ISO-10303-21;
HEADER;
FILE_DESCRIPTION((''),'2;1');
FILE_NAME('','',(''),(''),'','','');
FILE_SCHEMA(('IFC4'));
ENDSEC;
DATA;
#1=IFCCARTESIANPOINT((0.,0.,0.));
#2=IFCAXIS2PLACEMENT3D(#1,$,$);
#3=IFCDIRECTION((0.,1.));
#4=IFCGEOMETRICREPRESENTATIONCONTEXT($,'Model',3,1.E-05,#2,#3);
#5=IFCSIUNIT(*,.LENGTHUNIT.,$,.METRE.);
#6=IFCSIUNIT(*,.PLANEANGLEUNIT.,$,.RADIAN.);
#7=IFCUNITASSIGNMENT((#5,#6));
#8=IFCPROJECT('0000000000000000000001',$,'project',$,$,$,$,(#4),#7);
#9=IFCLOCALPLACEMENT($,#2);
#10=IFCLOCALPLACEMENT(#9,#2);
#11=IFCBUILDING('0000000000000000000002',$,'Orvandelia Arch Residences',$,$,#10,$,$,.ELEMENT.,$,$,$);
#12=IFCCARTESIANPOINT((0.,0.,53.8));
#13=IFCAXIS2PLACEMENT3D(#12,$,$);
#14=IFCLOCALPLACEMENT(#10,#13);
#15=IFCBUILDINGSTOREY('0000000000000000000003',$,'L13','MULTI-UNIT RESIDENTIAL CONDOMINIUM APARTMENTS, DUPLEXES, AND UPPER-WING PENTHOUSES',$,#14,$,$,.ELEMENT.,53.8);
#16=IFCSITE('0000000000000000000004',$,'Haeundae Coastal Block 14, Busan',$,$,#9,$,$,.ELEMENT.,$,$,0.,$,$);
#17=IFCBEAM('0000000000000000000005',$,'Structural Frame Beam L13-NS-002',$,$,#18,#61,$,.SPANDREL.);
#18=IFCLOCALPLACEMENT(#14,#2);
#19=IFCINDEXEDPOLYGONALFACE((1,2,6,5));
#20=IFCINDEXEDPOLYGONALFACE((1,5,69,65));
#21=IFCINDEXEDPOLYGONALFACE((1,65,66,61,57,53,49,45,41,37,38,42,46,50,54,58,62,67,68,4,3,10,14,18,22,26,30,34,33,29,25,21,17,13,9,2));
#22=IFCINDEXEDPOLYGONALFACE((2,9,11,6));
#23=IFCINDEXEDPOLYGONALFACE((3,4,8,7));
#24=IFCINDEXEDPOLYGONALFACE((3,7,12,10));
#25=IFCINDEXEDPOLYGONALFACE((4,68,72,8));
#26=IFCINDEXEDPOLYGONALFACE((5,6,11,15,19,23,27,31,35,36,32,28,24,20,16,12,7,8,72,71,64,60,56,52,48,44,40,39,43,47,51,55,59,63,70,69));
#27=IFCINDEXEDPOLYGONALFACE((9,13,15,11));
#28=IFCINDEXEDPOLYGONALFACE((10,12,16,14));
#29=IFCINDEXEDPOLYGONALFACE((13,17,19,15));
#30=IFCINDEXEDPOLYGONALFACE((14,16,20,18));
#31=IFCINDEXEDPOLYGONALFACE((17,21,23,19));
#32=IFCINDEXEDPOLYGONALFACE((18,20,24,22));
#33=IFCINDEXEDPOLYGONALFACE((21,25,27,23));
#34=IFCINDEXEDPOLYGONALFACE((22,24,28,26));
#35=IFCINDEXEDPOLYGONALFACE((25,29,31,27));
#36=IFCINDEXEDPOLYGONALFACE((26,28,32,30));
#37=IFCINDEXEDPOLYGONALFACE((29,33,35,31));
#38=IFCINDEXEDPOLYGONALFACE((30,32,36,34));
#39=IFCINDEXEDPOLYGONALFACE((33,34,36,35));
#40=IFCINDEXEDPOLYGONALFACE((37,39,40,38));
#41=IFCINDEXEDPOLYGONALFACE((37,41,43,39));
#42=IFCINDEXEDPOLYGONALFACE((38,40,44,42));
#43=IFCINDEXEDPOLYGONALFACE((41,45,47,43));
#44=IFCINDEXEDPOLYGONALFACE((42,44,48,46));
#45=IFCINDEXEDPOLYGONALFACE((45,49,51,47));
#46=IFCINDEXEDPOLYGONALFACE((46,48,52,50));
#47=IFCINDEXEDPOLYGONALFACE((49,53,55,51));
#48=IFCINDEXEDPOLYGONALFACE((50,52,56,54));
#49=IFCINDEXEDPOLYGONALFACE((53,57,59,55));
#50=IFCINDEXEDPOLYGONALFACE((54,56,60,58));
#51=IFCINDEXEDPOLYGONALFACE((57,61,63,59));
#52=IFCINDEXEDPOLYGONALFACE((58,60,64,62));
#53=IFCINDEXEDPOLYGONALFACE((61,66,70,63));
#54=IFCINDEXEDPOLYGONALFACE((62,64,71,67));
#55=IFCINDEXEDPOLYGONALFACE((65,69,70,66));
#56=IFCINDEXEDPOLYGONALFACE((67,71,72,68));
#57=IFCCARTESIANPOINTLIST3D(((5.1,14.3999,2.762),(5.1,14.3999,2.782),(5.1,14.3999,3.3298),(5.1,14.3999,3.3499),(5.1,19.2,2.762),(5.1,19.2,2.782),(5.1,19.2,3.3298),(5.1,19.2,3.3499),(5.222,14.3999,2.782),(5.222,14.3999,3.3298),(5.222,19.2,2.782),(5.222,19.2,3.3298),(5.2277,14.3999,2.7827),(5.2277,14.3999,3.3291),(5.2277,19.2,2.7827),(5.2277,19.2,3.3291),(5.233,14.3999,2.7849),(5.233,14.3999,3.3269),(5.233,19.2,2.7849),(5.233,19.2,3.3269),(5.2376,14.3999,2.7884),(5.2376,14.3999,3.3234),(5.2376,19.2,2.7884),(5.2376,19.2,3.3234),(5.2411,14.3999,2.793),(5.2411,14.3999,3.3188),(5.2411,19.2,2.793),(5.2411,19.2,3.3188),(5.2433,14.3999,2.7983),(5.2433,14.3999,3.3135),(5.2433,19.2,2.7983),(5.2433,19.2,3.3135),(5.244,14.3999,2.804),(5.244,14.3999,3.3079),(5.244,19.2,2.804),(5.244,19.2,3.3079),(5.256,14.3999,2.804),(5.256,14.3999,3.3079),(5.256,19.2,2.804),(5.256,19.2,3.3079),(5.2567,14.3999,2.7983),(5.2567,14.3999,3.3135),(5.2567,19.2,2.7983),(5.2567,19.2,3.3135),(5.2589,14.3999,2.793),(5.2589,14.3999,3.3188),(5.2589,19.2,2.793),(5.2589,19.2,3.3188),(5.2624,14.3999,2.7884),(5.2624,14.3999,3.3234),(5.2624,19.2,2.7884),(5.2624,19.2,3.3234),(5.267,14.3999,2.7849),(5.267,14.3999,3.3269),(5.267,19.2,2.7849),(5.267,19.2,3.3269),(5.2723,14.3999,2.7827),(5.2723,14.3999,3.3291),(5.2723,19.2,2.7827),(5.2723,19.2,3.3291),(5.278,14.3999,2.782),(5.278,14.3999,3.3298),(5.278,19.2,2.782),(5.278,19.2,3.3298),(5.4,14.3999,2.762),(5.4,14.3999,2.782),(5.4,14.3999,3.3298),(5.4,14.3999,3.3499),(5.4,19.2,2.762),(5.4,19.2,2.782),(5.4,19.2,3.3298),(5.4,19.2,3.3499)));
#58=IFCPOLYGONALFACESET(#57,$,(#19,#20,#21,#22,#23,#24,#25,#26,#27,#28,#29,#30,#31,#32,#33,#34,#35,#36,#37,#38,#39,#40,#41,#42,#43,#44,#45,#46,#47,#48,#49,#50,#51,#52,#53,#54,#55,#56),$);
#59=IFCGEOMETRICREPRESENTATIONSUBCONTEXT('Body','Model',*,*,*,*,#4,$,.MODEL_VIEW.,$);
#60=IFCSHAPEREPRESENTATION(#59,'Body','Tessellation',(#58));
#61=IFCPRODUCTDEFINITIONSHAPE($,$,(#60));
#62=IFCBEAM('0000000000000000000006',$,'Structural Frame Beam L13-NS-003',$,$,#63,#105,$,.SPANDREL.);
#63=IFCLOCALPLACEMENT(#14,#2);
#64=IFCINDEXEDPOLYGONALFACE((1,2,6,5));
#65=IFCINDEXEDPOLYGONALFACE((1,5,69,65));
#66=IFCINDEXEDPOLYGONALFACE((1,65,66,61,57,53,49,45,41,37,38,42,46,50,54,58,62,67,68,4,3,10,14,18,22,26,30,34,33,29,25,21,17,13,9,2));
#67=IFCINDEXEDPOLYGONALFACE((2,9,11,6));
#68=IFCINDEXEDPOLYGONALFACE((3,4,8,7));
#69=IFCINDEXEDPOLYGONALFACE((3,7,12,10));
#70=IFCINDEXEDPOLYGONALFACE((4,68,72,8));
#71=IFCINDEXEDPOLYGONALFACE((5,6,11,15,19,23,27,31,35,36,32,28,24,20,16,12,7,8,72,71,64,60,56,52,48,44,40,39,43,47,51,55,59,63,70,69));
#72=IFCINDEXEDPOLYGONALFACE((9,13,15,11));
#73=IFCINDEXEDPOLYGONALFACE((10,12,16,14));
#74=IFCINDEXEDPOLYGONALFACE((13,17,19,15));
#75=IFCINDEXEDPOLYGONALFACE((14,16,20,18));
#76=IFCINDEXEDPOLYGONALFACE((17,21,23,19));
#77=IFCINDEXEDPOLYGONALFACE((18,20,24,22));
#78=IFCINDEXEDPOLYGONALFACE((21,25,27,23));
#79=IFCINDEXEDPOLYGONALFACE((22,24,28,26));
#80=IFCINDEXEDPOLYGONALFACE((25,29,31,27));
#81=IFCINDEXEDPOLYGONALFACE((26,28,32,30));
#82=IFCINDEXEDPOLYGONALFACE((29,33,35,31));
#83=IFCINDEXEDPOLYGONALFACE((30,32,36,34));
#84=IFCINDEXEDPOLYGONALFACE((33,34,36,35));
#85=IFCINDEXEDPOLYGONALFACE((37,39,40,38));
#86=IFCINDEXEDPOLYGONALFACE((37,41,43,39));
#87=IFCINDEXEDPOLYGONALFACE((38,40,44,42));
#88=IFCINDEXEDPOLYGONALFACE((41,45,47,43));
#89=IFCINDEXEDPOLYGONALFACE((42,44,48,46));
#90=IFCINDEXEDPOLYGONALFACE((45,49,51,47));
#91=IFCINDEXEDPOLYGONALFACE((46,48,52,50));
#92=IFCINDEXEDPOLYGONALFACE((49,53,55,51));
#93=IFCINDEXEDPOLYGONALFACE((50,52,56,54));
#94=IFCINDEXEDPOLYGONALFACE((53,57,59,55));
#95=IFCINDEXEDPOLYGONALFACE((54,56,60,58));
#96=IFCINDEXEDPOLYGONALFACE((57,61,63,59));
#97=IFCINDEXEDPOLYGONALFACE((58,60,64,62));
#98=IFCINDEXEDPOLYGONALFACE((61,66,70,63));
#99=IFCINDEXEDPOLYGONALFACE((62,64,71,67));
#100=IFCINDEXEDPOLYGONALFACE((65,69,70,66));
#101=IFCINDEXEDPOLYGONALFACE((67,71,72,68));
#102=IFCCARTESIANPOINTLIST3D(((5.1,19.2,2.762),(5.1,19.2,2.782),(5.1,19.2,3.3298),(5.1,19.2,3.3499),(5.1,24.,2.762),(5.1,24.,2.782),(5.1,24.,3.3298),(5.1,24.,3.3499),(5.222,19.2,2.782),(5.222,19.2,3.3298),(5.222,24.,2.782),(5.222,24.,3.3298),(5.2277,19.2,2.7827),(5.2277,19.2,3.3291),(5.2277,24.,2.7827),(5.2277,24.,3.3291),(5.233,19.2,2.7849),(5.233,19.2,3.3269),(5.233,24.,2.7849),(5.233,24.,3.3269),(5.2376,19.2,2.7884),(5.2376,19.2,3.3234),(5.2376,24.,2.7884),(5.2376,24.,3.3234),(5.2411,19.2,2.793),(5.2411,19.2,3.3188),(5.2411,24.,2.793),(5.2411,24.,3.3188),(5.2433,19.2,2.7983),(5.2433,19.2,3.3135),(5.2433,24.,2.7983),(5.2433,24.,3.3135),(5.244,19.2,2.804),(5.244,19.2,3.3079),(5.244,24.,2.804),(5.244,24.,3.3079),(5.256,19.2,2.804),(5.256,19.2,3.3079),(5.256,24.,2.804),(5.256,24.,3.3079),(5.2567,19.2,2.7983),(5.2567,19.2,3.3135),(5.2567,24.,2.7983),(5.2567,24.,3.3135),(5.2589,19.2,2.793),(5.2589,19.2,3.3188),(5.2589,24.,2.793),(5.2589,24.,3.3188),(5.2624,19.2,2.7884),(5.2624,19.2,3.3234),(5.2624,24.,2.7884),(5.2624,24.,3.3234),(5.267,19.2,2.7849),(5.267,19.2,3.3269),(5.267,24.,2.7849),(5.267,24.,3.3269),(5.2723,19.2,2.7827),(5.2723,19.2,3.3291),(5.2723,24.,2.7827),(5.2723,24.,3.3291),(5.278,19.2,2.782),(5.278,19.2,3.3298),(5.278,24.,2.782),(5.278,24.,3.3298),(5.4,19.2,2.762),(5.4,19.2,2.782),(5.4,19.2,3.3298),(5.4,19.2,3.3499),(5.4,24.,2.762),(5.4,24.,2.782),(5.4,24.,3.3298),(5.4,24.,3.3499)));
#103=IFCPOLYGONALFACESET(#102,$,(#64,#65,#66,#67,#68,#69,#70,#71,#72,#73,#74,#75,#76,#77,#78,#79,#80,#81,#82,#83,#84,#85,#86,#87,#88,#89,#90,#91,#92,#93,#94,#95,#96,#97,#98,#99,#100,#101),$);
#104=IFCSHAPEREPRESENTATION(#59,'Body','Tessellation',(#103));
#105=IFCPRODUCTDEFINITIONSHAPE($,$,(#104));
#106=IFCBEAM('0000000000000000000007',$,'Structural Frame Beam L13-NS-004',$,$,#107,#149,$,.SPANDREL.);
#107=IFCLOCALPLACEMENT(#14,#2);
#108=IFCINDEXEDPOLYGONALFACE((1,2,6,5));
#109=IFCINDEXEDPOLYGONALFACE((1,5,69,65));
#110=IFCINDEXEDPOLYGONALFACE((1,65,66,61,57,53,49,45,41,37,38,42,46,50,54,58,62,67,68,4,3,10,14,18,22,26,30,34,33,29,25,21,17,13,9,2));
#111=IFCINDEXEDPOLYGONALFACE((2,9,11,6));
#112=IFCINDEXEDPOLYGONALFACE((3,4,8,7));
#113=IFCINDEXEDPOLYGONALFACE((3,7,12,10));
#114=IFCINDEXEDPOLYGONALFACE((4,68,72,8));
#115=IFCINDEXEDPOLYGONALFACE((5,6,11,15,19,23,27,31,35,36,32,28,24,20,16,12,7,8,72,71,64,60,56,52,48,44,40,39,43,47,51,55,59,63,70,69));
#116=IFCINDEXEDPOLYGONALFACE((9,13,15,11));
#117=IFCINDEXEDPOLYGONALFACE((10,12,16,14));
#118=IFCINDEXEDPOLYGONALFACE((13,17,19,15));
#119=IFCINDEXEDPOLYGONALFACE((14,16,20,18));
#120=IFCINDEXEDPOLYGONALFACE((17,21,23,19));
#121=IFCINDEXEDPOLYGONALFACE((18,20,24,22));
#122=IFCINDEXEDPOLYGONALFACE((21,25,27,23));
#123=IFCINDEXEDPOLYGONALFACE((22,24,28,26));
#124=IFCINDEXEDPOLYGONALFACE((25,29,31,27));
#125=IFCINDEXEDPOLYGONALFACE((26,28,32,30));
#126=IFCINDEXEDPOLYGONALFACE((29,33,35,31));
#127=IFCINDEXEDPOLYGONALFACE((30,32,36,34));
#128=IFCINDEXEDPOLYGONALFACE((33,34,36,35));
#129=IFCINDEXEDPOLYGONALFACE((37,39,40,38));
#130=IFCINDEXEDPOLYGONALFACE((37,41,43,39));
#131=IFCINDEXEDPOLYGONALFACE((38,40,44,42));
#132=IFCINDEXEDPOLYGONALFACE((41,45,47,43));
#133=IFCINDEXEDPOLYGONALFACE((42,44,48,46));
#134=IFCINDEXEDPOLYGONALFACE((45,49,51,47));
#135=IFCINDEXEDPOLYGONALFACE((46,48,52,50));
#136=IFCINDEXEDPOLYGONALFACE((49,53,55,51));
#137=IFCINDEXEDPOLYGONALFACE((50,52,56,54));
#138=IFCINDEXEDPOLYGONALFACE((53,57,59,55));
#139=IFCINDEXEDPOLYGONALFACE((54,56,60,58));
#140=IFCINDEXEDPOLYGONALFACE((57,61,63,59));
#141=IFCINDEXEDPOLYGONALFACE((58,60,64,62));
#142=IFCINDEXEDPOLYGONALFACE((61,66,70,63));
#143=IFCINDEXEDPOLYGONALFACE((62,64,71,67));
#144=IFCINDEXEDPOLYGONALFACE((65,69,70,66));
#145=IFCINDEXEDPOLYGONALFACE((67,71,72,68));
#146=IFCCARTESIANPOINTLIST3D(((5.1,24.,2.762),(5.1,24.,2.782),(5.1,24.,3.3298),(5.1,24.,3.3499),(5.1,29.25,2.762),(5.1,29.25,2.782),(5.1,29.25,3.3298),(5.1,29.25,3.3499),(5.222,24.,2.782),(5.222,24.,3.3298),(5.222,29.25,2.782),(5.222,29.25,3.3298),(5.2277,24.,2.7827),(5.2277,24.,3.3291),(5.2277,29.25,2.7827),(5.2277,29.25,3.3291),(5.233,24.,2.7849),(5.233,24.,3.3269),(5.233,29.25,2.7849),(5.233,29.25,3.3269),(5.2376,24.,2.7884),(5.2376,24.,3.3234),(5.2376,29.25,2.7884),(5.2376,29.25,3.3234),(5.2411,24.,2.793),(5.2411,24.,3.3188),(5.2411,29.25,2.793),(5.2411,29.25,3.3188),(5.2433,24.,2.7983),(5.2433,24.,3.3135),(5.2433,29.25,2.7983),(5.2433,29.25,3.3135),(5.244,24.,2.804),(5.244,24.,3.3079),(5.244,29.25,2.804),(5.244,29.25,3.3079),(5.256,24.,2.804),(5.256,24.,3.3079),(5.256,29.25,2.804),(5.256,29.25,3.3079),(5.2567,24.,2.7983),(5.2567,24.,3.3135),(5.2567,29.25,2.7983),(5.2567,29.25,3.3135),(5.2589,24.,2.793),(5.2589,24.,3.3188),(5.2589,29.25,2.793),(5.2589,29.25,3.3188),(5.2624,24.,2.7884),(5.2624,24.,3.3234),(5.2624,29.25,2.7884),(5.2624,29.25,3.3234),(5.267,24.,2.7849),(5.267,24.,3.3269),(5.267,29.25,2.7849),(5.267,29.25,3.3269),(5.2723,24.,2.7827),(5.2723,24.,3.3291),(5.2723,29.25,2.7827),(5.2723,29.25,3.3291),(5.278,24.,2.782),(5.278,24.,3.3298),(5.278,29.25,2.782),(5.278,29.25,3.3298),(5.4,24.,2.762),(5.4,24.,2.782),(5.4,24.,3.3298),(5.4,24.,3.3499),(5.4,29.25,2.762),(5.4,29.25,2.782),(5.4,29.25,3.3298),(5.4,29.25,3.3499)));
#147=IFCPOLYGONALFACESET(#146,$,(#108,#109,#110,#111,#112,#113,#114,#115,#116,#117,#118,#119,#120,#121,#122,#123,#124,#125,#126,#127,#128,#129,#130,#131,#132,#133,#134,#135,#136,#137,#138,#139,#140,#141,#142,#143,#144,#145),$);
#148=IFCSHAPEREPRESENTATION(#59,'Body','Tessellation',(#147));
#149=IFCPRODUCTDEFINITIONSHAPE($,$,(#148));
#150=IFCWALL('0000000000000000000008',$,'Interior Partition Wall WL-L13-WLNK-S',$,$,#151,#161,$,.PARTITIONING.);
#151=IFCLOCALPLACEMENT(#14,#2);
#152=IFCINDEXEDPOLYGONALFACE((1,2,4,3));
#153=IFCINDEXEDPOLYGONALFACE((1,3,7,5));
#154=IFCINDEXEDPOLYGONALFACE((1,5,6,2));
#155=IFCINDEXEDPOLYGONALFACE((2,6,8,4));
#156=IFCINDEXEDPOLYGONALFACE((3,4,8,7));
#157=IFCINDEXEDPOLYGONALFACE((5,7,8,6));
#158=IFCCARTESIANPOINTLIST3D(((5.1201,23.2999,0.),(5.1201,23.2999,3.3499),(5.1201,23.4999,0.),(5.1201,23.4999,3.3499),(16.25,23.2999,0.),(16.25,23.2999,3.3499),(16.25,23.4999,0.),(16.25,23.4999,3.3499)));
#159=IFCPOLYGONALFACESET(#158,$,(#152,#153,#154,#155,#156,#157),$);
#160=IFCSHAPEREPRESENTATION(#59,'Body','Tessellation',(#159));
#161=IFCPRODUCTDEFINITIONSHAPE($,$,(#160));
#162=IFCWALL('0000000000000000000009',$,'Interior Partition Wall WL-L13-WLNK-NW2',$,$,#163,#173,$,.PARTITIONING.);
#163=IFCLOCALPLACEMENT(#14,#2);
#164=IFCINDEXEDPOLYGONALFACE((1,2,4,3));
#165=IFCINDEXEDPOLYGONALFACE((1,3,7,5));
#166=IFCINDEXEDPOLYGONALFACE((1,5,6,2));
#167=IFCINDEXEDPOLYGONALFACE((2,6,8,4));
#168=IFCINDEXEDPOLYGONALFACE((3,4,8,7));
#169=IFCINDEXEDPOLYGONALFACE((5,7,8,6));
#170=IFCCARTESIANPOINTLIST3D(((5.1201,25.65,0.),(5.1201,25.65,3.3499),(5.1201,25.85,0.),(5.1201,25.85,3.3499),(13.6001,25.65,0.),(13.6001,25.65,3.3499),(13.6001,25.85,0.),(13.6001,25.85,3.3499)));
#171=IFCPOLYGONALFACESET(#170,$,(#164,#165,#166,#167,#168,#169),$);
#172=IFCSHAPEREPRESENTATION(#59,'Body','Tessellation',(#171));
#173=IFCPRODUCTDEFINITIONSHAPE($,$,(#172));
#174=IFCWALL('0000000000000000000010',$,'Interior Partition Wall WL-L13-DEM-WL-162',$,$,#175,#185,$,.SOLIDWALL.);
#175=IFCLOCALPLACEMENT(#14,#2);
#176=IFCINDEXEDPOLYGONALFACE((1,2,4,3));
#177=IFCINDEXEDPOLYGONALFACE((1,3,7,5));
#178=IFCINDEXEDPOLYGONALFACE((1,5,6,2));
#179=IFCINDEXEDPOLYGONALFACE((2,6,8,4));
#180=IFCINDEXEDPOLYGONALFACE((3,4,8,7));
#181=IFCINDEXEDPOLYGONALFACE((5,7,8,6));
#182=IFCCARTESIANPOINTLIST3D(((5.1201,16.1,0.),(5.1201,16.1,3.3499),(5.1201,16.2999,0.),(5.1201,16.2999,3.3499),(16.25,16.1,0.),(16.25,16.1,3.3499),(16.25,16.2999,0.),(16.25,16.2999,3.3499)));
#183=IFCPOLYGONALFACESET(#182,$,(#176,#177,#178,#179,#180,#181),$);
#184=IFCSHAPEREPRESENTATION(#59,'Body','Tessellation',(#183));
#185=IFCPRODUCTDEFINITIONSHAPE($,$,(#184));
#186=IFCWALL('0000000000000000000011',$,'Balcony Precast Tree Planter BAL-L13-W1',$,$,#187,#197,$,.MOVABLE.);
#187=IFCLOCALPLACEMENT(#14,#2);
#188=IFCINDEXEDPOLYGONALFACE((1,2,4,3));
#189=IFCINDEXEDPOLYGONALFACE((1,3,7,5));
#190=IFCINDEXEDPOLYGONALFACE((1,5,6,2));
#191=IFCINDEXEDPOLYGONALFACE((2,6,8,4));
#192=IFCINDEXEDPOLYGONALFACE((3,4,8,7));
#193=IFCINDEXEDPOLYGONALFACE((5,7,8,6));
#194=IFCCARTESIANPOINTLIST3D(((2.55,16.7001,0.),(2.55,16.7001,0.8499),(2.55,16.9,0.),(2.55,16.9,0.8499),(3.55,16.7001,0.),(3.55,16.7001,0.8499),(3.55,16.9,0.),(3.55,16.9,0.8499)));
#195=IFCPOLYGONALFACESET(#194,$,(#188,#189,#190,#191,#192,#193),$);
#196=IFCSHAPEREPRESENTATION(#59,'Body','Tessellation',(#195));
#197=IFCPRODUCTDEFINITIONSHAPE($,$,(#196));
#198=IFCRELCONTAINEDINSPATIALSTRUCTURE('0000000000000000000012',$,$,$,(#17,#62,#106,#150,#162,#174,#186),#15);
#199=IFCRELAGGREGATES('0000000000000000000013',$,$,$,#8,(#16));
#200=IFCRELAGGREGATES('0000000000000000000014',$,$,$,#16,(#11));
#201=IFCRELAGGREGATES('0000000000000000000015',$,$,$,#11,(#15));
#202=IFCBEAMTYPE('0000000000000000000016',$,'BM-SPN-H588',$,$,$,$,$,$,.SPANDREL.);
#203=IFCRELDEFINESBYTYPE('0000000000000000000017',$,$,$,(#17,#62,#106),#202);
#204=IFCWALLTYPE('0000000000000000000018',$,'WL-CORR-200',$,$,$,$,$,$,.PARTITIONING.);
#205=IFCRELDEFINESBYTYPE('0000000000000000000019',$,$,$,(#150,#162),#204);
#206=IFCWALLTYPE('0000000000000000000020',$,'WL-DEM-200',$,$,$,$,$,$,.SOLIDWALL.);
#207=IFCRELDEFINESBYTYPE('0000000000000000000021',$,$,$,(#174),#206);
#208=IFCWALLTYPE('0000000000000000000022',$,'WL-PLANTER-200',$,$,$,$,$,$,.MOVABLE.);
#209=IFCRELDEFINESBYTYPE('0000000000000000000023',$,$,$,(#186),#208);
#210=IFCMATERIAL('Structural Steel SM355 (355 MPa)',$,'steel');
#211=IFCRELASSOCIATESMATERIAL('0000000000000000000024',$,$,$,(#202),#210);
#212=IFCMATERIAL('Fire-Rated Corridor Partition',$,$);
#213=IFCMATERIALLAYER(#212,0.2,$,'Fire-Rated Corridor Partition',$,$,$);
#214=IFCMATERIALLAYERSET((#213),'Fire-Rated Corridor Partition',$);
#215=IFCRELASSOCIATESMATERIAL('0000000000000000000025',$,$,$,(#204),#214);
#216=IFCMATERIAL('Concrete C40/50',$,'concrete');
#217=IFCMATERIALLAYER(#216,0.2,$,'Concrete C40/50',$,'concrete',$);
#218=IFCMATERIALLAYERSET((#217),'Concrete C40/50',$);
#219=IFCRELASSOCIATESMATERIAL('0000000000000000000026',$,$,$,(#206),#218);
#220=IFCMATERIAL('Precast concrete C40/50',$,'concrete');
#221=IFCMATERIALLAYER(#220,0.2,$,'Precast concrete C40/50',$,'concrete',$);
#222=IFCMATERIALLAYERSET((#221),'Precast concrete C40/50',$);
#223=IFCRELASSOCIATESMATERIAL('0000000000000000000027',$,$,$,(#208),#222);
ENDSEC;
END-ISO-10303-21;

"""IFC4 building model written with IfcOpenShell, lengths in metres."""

from ifc_helpers import new_model, si_unit, direction, frame, frame_2d, origin, origin_2d, place, context, subcontext, project, spatial, rectangle, i_section, extrude, material, layer, layer_set, material_profile, profile_set, type_object, element, save


model = new_model("IFC4")

# Units and contexts
model_context = context("Model", 3, precision=1e-05, world=origin(), true_north=direction((0.0, 1.0)))
body_context = subcontext(model_context, "Body", "Model", "MODEL_VIEW")
ifc_project = project(units=[si_unit("LENGTHUNIT", "METRE"), si_unit("PLANEANGLEUNIT", "RADIAN")], contexts=[model_context])

# Site, building, storey
site_placement = place(None, origin())
site = spatial("IfcSite", under=ifc_project, at=site_placement, Name="Haeundae Coastal Block 14, Busan", CompositionType="ELEMENT", RefElevation=0.0)
building_placement = place(site_placement, origin())
building = spatial("IfcBuilding", under=site, at=building_placement, Name="Orvandelia Arch Residences", CompositionType="ELEMENT")
storey_placement = place(building_placement, frame((0.0, 0.0, 53.8)))
storey = spatial("IfcBuildingStorey", under=building, at=storey_placement, Name="L13", Description="MULTI-UNIT RESIDENTIAL CONDOMINIUM APARTMENTS, DUPLEXES, AND UPPER-WING PENTHOUSES", CompositionType="ELEMENT", Elevation=53.8)

# Beams
ifc_material_1 = material(Name="Structural Steel SM355 (355 MPa)", Category="steel")
ifc_material_profile_1 = material_profile(ifc_material_1, i_section(OverallWidth=0.3, OverallDepth=0.5879, WebThickness=0.012, FlangeThickness=0.02, FilletRadius=0.022, at=origin_2d()), Name="Structural Steel SM355 (355 MPa)", Category="steel")
ifc_profile_set_1 = profile_set([ifc_material_profile_1], Name="Structural Steel SM355 (355 MPa)")
beam_type_1 = type_object("IfcBeamType", Name="BM-SPN-H588", PredefinedType="SPANDREL", material=ifc_profile_set_1)
for number, where, z_axis, x_axis, name in (
    (1, (5.25, 14.3999, 3.0559), (0.0, 1.0, 0.0), (-1.0, 0.0, 0.0), "Structural Frame Beam L13-NS-002"),
    (2, (5.25, 19.2, 3.0559), (0.0, 1.0, 0.0), (-1.0, 0.0, 0.0), "Structural Frame Beam L13-NS-003"),
):
    element("IfcBeam", number, at=place(storey_placement, frame(where, z_axis=z_axis, x_axis=x_axis)), inside=storey, type_object=beam_type_1, Name=name, PredefinedType="SPANDREL", context=body_context, shape_type="SweptSolid", body=[
        extrude(i_section(OverallWidth=0.3, OverallDepth=0.5879, WebThickness=0.012, FlangeThickness=0.02, FilletRadius=0.022, at=origin_2d()), origin(), (0.0, 0.0, 1.0), 4.8),
    ])
beam_placement = place(storey_placement, frame((5.25, 24.0, 3.0559), z_axis=(0.0, 1.0, 0.0), x_axis=(-1.0, 0.0, 0.0)))
element("IfcBeam", 3, at=beam_placement, inside=storey, type_object=beam_type_1, Name="Structural Frame Beam L13-NS-004", PredefinedType="SPANDREL", context=body_context, shape_type="SweptSolid", body=[
    extrude(i_section(OverallWidth=0.3, OverallDepth=0.5879, WebThickness=0.012, FlangeThickness=0.02, FilletRadius=0.022, at=origin_2d()), origin(), (0.0, 0.0, 1.0), 5.25),
])

# Walls
ifc_material_2 = material(Name="Fire-Rated Corridor Partition")
ifc_layer_1 = layer(ifc_material_2, 0.2, Name="Fire-Rated Corridor Partition")
ifc_layer_set_1 = layer_set([ifc_layer_1], Name="Fire-Rated Corridor Partition")
wall_type_1 = type_object("IfcWallType", Name="WL-CORR-200", PredefinedType="PARTITIONING", material=ifc_layer_set_1)
wall_1_placement = place(storey_placement, frame((5.1201, 23.3999, 0.0), z_axis=(0.0, 0.0, 1.0), x_axis=(1.0, 0.0, 0.0)))
element("IfcWall", 4, at=wall_1_placement, inside=storey, type_object=wall_type_1, Name="Interior Partition Wall WL-L13-WLNK-S", PredefinedType="PARTITIONING", context=body_context, shape_type="SweptSolid", body=[
    extrude(rectangle(XDim=11.1299, YDim=0.2, at=frame_2d((5.5649, 0.0))), origin(), (0.0, 0.0, 1.0), 3.3499),
])
wall_2_placement = place(storey_placement, frame((5.1201, 25.75, 0.0), z_axis=(0.0, 0.0, 1.0), x_axis=(1.0, 0.0, 0.0)))
element("IfcWall", 5, at=wall_2_placement, inside=storey, type_object=wall_type_1, Name="Interior Partition Wall WL-L13-WLNK-NW2", PredefinedType="PARTITIONING", context=body_context, shape_type="SweptSolid", body=[
    extrude(rectangle(XDim=8.48, YDim=0.2, at=frame_2d((4.24, 0.0))), origin(), (0.0, 0.0, 1.0), 3.3499),
])
ifc_material_3 = material(Name="Concrete C40/50", Category="concrete")
ifc_layer_2 = layer(ifc_material_3, 0.2, Name="Concrete C40/50", Category="concrete")
ifc_layer_set_2 = layer_set([ifc_layer_2], Name="Concrete C40/50")
wall_type_2 = type_object("IfcWallType", Name="WL-DEM-200", PredefinedType="SOLIDWALL", material=ifc_layer_set_2)
wall_3_placement = place(storey_placement, frame((5.1201, 16.2, 0.0), z_axis=(0.0, 0.0, 1.0), x_axis=(1.0, 0.0, 0.0)))
element("IfcWall", 6, at=wall_3_placement, inside=storey, type_object=wall_type_2, Name="Interior Partition Wall WL-L13-DEM-WL-162", PredefinedType="SOLIDWALL", context=body_context, shape_type="SweptSolid", body=[
    extrude(rectangle(XDim=11.1299, YDim=0.2, at=frame_2d((5.5649, 0.0))), origin(), (0.0, 0.0, 1.0), 3.3499),
])
ifc_material_4 = material(Name="Precast concrete C40/50", Category="concrete")
ifc_layer_3 = layer(ifc_material_4, 0.2, Name="Precast concrete C40/50", Category="concrete")
ifc_layer_set_3 = layer_set([ifc_layer_3], Name="Precast concrete C40/50")
wall_type_3 = type_object("IfcWallType", Name="WL-PLANTER-200", PredefinedType="MOVABLE", material=ifc_layer_set_3)
wall_4_placement = place(storey_placement, frame((2.55, 16.8, 0.0), z_axis=(0.0, 0.0, 1.0), x_axis=(1.0, 0.0, 0.0)))
element("IfcWall", 7, at=wall_4_placement, inside=storey, type_object=wall_type_3, Name="Balcony Precast Tree Planter BAL-L13-W1", PredefinedType="MOVABLE", context=body_context, shape_type="SweptSolid", body=[
    extrude(rectangle(XDim=1.0, YDim=0.2, at=frame_2d((0.5, 0.0))), origin(), (0.0, 0.0, 1.0), 0.8499),
])

save(model, "model.ifc")
